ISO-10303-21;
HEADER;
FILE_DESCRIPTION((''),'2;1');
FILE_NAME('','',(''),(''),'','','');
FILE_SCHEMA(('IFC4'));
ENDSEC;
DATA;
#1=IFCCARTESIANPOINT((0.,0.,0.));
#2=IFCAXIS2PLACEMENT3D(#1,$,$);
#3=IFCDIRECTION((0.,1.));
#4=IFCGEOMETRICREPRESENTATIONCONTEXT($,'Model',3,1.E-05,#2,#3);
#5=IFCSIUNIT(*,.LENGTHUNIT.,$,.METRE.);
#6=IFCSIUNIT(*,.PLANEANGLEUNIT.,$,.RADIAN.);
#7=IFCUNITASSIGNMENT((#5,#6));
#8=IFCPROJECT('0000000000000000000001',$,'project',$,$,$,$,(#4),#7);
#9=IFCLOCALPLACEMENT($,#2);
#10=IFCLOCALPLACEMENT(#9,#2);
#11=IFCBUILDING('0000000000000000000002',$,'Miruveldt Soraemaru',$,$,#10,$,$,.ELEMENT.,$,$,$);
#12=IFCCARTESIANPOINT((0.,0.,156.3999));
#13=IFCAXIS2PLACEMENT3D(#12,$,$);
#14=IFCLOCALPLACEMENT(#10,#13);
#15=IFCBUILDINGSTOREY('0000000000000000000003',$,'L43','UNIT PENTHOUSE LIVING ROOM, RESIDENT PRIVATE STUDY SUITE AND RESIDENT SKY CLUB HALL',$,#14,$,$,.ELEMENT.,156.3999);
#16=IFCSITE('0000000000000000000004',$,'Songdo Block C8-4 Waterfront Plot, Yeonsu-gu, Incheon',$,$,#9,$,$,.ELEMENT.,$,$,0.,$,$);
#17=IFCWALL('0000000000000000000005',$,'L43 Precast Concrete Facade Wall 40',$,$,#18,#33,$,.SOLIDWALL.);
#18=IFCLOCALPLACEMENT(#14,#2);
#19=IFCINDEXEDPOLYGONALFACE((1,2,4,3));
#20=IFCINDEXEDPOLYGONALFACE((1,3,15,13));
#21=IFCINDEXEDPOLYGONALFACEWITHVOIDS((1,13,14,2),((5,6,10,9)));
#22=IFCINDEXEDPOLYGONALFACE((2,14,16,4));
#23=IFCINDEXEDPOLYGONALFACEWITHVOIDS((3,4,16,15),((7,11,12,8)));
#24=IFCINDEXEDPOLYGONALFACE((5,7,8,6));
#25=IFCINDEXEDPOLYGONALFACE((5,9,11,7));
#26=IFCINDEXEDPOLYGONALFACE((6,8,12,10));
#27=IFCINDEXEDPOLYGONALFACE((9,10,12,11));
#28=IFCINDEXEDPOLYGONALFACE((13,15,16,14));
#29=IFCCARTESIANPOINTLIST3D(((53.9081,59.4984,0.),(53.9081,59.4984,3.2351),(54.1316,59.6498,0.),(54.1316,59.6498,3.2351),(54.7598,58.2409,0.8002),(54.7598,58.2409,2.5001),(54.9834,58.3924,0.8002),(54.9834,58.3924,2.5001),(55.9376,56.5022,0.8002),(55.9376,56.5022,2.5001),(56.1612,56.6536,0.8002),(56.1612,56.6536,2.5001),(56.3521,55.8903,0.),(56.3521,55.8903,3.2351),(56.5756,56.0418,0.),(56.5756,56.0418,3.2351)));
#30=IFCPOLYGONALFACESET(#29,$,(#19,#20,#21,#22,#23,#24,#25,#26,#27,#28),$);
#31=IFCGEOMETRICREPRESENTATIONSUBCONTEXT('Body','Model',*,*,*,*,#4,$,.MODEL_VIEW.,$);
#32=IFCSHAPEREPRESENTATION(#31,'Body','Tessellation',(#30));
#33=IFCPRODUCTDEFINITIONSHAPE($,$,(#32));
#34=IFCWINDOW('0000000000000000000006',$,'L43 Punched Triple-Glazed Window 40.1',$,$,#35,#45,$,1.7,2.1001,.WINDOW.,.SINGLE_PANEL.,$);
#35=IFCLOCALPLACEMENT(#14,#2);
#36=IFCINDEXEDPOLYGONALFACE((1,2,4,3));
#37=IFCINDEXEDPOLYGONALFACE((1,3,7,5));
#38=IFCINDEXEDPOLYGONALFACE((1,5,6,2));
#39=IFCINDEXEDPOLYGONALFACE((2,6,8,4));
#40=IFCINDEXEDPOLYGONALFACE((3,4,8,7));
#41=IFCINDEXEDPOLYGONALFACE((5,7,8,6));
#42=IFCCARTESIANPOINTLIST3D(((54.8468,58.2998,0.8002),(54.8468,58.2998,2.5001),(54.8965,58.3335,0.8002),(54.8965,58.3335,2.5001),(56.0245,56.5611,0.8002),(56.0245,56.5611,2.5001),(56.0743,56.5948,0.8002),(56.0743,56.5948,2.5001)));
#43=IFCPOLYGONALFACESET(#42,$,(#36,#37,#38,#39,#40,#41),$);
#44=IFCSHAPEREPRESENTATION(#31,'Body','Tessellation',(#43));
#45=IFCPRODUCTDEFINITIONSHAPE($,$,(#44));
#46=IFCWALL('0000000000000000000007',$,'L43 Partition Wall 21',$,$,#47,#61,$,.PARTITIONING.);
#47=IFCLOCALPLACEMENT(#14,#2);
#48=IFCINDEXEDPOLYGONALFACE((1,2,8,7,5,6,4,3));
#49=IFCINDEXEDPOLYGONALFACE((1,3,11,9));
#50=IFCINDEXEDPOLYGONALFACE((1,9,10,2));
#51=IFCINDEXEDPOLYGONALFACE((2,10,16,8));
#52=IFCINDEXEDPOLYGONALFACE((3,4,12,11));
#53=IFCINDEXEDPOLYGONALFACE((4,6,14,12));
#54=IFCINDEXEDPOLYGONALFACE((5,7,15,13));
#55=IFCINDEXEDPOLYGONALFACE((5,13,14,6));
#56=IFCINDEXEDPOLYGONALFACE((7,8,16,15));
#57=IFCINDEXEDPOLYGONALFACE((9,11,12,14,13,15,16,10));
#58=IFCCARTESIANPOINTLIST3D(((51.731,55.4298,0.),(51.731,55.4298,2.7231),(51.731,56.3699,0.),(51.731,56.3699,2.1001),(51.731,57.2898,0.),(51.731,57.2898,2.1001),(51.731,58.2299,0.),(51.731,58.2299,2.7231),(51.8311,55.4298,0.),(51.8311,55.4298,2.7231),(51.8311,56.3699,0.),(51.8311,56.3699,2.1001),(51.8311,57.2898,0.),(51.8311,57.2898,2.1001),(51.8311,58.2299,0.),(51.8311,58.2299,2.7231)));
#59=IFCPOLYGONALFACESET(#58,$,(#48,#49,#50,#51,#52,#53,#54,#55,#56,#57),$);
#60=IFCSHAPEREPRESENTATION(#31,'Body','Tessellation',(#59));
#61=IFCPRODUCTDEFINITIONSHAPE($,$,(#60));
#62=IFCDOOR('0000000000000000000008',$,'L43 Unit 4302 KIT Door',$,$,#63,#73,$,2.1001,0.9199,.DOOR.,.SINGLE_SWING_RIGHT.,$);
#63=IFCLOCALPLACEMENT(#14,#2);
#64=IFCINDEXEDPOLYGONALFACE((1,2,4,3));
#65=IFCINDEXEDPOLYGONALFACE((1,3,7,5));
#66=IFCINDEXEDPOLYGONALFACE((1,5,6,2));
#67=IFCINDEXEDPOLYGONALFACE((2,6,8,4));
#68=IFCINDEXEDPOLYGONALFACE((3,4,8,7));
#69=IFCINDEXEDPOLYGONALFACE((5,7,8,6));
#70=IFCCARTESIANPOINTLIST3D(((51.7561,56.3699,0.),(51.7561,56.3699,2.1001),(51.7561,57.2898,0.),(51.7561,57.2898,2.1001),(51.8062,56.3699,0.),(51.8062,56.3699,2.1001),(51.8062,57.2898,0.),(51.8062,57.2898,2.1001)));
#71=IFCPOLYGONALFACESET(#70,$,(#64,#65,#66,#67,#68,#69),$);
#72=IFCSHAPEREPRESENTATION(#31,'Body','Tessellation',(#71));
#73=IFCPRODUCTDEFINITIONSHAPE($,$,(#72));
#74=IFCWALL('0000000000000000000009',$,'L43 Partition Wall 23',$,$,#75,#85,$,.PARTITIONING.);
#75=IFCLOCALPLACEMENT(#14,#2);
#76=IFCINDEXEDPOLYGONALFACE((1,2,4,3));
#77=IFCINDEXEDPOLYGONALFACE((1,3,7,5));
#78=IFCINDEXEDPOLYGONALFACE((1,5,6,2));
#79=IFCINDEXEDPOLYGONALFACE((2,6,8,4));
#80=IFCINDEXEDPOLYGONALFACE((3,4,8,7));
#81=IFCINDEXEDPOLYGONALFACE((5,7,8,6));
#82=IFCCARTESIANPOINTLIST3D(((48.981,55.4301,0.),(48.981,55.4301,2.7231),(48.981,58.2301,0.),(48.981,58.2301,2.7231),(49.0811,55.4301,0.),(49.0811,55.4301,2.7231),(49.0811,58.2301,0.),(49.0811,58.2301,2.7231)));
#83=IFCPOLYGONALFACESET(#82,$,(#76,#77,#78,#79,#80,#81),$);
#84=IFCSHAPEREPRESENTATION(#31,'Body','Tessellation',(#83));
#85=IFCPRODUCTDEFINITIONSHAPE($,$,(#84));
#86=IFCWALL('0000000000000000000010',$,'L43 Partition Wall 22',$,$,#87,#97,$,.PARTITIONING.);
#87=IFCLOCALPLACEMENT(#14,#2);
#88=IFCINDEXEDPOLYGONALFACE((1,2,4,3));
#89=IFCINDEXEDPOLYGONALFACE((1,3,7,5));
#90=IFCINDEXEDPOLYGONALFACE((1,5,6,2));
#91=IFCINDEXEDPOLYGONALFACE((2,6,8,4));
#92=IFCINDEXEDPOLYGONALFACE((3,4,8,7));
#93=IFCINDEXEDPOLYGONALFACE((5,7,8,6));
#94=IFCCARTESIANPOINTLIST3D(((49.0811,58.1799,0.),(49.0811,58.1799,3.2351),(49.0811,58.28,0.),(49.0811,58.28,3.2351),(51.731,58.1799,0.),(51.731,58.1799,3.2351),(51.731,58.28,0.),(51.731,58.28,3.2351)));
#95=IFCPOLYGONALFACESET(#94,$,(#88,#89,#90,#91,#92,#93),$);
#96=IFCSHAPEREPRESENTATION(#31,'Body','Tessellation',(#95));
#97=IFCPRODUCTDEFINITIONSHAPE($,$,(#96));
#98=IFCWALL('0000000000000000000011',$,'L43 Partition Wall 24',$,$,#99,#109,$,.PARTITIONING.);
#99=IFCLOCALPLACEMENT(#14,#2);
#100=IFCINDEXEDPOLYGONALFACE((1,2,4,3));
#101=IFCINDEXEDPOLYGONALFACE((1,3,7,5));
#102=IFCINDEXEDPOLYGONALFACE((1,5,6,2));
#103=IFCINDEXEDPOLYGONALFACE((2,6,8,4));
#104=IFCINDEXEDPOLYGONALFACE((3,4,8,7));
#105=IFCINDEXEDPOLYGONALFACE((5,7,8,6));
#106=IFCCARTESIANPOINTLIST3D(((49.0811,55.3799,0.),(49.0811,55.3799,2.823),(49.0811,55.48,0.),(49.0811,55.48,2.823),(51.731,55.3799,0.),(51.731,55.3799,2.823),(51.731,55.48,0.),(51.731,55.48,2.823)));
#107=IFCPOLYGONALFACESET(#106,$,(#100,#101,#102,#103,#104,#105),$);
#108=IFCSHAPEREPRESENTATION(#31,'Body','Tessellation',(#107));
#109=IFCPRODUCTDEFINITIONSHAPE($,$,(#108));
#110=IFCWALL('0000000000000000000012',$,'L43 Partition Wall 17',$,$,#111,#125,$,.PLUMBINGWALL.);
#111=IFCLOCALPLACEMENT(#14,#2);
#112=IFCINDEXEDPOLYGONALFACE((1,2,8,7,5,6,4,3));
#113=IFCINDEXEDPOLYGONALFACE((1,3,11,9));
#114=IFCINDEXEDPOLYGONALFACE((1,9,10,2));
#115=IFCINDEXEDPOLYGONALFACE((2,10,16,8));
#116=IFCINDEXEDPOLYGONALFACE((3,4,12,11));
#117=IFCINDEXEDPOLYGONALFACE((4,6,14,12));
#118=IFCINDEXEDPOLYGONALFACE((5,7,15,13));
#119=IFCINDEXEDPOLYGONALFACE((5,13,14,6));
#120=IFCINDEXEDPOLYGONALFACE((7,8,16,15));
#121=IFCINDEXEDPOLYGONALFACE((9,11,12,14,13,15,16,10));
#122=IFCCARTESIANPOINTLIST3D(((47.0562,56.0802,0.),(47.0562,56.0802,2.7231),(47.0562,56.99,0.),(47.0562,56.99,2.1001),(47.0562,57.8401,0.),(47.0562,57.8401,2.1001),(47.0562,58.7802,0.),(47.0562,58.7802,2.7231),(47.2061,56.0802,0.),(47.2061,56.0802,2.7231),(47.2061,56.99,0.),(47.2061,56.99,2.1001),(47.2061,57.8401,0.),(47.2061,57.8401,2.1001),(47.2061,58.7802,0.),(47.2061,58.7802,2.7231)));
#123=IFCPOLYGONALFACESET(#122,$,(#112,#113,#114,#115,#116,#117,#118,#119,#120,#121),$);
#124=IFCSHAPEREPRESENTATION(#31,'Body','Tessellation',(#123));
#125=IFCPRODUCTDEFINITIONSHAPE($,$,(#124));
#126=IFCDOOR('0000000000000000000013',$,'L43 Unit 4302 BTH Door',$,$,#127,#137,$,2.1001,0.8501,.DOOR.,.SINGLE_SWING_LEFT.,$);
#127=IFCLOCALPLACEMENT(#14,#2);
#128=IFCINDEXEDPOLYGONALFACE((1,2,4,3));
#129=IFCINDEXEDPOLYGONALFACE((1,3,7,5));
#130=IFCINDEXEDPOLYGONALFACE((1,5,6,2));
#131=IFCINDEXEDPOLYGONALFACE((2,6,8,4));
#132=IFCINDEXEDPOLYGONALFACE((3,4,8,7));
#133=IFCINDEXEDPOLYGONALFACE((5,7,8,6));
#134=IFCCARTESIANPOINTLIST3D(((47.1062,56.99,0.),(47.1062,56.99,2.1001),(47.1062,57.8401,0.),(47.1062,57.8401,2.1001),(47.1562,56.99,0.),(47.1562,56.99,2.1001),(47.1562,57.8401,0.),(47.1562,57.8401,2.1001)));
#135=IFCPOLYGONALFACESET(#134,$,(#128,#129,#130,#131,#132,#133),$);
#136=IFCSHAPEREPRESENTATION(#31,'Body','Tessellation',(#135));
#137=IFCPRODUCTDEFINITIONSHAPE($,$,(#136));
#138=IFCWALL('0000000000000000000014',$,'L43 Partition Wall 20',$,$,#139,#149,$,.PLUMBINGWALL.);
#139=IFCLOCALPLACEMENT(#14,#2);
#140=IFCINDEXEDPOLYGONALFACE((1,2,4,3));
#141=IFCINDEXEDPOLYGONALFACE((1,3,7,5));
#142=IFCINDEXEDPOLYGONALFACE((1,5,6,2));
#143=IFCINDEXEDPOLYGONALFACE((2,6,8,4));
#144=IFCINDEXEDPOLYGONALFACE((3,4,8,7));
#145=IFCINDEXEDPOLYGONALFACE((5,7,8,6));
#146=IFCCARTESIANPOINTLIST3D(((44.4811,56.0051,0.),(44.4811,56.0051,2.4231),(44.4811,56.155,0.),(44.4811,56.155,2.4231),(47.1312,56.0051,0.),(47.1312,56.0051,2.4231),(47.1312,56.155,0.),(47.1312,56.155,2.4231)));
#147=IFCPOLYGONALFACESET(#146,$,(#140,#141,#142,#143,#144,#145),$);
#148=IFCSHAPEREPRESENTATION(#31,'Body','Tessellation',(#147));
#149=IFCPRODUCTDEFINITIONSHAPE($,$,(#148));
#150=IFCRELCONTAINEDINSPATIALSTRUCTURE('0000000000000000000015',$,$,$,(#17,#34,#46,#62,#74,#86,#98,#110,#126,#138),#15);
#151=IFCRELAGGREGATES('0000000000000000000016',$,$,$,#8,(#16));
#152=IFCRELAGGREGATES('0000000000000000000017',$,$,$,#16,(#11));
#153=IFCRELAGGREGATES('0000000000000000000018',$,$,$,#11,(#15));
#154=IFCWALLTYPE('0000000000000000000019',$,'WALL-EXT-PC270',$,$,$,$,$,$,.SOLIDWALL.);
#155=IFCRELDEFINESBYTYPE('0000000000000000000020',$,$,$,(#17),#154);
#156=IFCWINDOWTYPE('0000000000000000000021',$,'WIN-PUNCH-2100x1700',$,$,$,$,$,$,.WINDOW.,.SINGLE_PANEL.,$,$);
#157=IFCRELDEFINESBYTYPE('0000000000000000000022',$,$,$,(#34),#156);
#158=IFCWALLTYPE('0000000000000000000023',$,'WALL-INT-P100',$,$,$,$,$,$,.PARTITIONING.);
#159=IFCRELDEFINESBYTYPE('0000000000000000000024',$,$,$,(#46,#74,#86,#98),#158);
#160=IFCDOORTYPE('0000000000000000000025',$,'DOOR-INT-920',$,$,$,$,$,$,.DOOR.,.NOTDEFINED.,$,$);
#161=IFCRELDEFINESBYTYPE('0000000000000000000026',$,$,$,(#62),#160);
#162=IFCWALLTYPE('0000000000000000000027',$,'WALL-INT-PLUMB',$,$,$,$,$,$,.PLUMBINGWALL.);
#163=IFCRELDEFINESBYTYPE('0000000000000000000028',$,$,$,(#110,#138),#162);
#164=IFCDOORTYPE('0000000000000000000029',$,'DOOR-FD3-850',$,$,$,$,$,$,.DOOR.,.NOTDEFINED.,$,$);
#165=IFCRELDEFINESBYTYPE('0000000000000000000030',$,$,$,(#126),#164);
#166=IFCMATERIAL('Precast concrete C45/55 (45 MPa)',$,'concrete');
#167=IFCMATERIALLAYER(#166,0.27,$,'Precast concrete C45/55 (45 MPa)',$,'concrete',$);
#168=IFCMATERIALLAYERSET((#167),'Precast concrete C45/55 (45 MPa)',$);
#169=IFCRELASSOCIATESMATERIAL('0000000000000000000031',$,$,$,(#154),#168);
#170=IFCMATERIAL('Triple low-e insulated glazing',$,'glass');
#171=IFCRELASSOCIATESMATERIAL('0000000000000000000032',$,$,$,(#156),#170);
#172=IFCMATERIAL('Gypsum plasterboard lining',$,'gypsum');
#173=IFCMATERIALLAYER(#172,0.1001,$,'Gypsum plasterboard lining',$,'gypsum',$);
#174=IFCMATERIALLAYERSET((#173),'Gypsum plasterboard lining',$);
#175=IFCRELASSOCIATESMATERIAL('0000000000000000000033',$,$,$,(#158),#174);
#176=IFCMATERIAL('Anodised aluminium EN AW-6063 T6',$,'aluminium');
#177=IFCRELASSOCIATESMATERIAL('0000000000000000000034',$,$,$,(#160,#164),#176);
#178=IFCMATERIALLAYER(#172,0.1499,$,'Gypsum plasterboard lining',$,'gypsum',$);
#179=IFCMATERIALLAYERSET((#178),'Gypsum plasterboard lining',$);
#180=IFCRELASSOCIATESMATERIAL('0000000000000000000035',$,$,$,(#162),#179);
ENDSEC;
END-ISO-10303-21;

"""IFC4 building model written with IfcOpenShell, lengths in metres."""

from ifc_helpers import new_model, si_unit, direction, frame, frame_2d, origin, place, context, subcontext, project, spatial, rectangle, extrude, material, layer, layer_set, type_object, element, fill, save


model = new_model("IFC4")

# Units and contexts
model_context = context("Model", 3, precision=1e-05, world=origin(), true_north=direction((0.0, 1.0)))
body_context = subcontext(model_context, "Body", "Model", "MODEL_VIEW")
ifc_project = project(units=[si_unit("LENGTHUNIT", "METRE"), si_unit("PLANEANGLEUNIT", "RADIAN")], contexts=[model_context])

# Site, building, storey
site_placement = place(None, origin())
site = spatial("IfcSite", under=ifc_project, at=site_placement, Name="Songdo Block C8-4 Waterfront Plot, Yeonsu-gu, Incheon", CompositionType="ELEMENT", RefElevation=0.0)
building_placement = place(site_placement, origin())
building = spatial("IfcBuilding", under=site, at=building_placement, Name="Miruveldt Soraemaru", CompositionType="ELEMENT")
storey_placement = place(building_placement, frame((0.0, 0.0, 156.3999)))
storey = spatial("IfcBuildingStorey", under=building, at=storey_placement, Name="L43", Description="UNIT PENTHOUSE LIVING ROOM, RESIDENT PRIVATE STUDY SUITE AND RESIDENT SKY CLUB HALL", CompositionType="ELEMENT", Elevation=156.3999)

# Shared definitions
ifc_material_1 = material(Name="Triple low-e insulated glazing", Category="glass")

# Shared definitions
ifc_material_2 = material(Name="Precast concrete C45/55 (45 MPa)", Category="concrete")
ifc_layer_1 = layer(ifc_material_2, 0.27, Name="Precast concrete C45/55 (45 MPa)", Category="concrete")
ifc_layer_set_1 = layer_set([ifc_layer_1], Name="Precast concrete C45/55 (45 MPa)")
wall_type_1 = type_object("IfcWallType", Name="WALL-EXT-PC270", PredefinedType="SOLIDWALL", material=ifc_layer_set_1)

# Wall, opening, window
wall_1_placement = place(storey_placement, frame((56.4639, 55.9661, 0.0), z_axis=(0.0, 0.0, 1.0), x_axis=(-0.560826, 0.827934, 0.0)))
wall_1 = element("IfcWall", 1, at=wall_1_placement, inside=storey, type_object=wall_type_1, Name="L43 Precast Concrete Facade Wall 40", PredefinedType="SOLIDWALL", context=body_context, shape_type="SweptSolid", body=[
    extrude(rectangle(XDim=4.3579, YDim=0.27, at=frame_2d((2.179, 0.0))), origin(), (0.0, 0.0, 1.0), 3.2351),
])
opening_1_placement = place(wall_1_placement, frame((0.739, 0.0, 0.8)))
opening_1 = element("IfcOpeningElement", 2, at=opening_1_placement, cuts=wall_1, PredefinedType="OPENING", context=body_context, shape_type="SweptSolid", body=[
    extrude(rectangle(XDim=2.1001, YDim=1.7, at=frame_2d((1.05, 0.8501))), frame((0.0, 0.145, 0.0), z_axis=(0.0, -1.0, 0.0), x_axis=(1.0, 0.0, 0.0)), (0.0, 0.0, 1.0), 0.29),
])
window_type_1 = type_object("IfcWindowType", Name="WIN-PUNCH-2100x1700", PartitioningType="SINGLE_PANEL", PredefinedType="WINDOW", material=ifc_material_1)
window_1_placement = place(opening_1_placement, origin())
window_1 = element("IfcWindow", 3, at=window_1_placement, inside=storey, type_object=window_type_1, Name="L43 Punched Triple-Glazed Window 40.1", OverallHeight=1.7, OverallWidth=2.1001, PartitioningType="SINGLE_PANEL", PredefinedType="WINDOW", context=body_context, shape_type="SweptSolid", body=[
    extrude(rectangle(XDim=2.1001, YDim=1.7, at=frame_2d((1.05, 0.8501))), frame((0.0, 0.03, 0.0), z_axis=(0.0, -1.0, 0.0), x_axis=(1.0, 0.0, 0.0)), (0.0, 0.0, 1.0), 0.0601),
])
fill(opening_1, window_1)

# Wall, opening, door
ifc_material_3 = material(Name="Gypsum plasterboard lining", Category="gypsum")
ifc_layer_2 = layer(ifc_material_3, 0.1001, Name="Gypsum plasterboard lining", Category="gypsum")
ifc_layer_set_2 = layer_set([ifc_layer_2], Name="Gypsum plasterboard lining")
wall_type_2 = type_object("IfcWallType", Name="WALL-INT-P100", PredefinedType="PARTITIONING", material=ifc_layer_set_2)
wall_2_placement = place(storey_placement, frame((51.781, 55.4299, 0.0), z_axis=(0.0, 0.0, 1.0), x_axis=(0.0, 1.0, 0.0)))
wall_2 = element("IfcWall", 4, at=wall_2_placement, inside=storey, type_object=wall_type_2, Name="L43 Partition Wall 21", PredefinedType="PARTITIONING", context=body_context, shape_type="SweptSolid", body=[
    extrude(rectangle(XDim=2.8, YDim=0.1001, at=frame_2d((1.3999, 0.0))), origin(), (0.0, 0.0, 1.0), 2.7231),
])
opening_2_placement = place(wall_2_placement, frame((0.9399, 0.0, 0.0)))
opening_2 = element("IfcOpeningElement", 5, at=opening_2_placement, cuts=wall_2, PredefinedType="OPENING", context=body_context, shape_type="SweptSolid", body=[
    extrude(rectangle(XDim=0.9199, YDim=2.1001, at=frame_2d((0.46, 1.05))), frame((0.0, 0.0601, 0.0), z_axis=(0.0, -1.0, 0.0), x_axis=(1.0, 0.0, 0.0)), (0.0, 0.0, 1.0), 0.1201),
])
ifc_material_4 = material(Name="Anodised aluminium EN AW-6063 T6", Category="aluminium")
door_type_1 = type_object("IfcDoorType", Name="DOOR-INT-920", OperationType="NOTDEFINED", PredefinedType="DOOR", material=ifc_material_4)
door_1_placement = place(opening_2_placement, origin())
door_1 = element("IfcDoor", 6, at=door_1_placement, inside=storey, type_object=door_type_1, Name="L43 Unit 4302 KIT Door", OperationType="SINGLE_SWING_RIGHT", OverallHeight=2.1001, OverallWidth=0.9199, PredefinedType="DOOR", context=body_context, shape_type="SweptSolid", body=[
    extrude(rectangle(XDim=0.9199, YDim=2.1001, at=frame_2d((0.46, 1.05))), frame((0.0, 0.0249, 0.0), z_axis=(0.0, -1.0, 0.0), x_axis=(1.0, 0.0, 0.0)), (0.0, 0.0, 1.0), 0.05),
])
fill(opening_2, door_1)

# Walls
wall_3_placement = place(storey_placement, frame((49.031, 58.23, 0.0), z_axis=(0.0, 0.0, 1.0), x_axis=(0.0, -1.0, 0.0)))
element("IfcWall", 7, at=wall_3_placement, inside=storey, type_object=wall_type_2, Name="L43 Partition Wall 23", PredefinedType="PARTITIONING", context=body_context, shape_type="SweptSolid", body=[
    extrude(rectangle(XDim=2.8, YDim=0.1001, at=frame_2d((1.3999, 0.0))), origin(), (0.0, 0.0, 1.0), 2.7231),
])
wall_4_placement = place(storey_placement, frame((51.731, 58.23, 0.0), z_axis=(0.0, 0.0, 1.0), x_axis=(-1.0, 0.0, 0.0)))
element("IfcWall", 8, at=wall_4_placement, inside=storey, type_object=wall_type_2, Name="L43 Partition Wall 22", PredefinedType="PARTITIONING", context=body_context, shape_type="SweptSolid", body=[
    extrude(rectangle(XDim=2.6499, YDim=0.1001, at=frame_2d((1.325, 0.0))), origin(), (0.0, 0.0, 1.0), 3.2351),
])
wall_5_placement = place(storey_placement, frame((49.0811, 55.4299, 0.0), z_axis=(0.0, 0.0, 1.0), x_axis=(1.0, 0.0, 0.0)))
element("IfcWall", 9, at=wall_5_placement, inside=storey, type_object=wall_type_2, Name="L43 Partition Wall 24", PredefinedType="PARTITIONING", context=body_context, shape_type="SweptSolid", body=[
    extrude(rectangle(XDim=2.6499, YDim=0.1001, at=frame_2d((1.325, 0.0))), origin(), (0.0, 0.0, 1.0), 2.823),
])

# Wall, opening, door
ifc_layer_3 = layer(ifc_material_3, 0.1499, Name="Gypsum plasterboard lining", Category="gypsum")
ifc_layer_set_3 = layer_set([ifc_layer_3], Name="Gypsum plasterboard lining")
wall_type_3 = type_object("IfcWallType", Name="WALL-INT-PLUMB", PredefinedType="PLUMBINGWALL", material=ifc_layer_set_3)
wall_6_placement = place(storey_placement, frame((47.1311, 56.0801, 0.0), z_axis=(0.0, 0.0, 1.0), x_axis=(0.0, 1.0, 0.0)))
wall_6 = element("IfcWall", 10, at=wall_6_placement, inside=storey, type_object=wall_type_3, Name="L43 Partition Wall 17", PredefinedType="PLUMBINGWALL", context=body_context, shape_type="SweptSolid", body=[
    extrude(rectangle(XDim=2.7, YDim=0.1499, at=frame_2d((1.3501, 0.0))), origin(), (0.0, 0.0, 1.0), 2.7231),
])
opening_3_placement = place(wall_6_placement, frame((0.9099, 0.0, 0.0)))
opening_3 = element("IfcOpeningElement", 11, at=opening_3_placement, cuts=wall_6, PredefinedType="OPENING", context=body_context, shape_type="SweptSolid", body=[
    extrude(rectangle(XDim=0.8501, YDim=2.1001, at=frame_2d((0.425, 1.05))), frame((0.0, 0.085, 0.0), z_axis=(0.0, -1.0, 0.0), x_axis=(1.0, 0.0, 0.0)), (0.0, 0.0, 1.0), 0.1699),
])
door_type_2 = type_object("IfcDoorType", Name="DOOR-FD3-850", OperationType="NOTDEFINED", PredefinedType="DOOR", material=ifc_material_4)
door_2_placement = place(opening_3_placement, origin())
door_2 = element("IfcDoor", 12, at=door_2_placement, inside=storey, type_object=door_type_2, Name="L43 Unit 4302 BTH Door", OperationType="SINGLE_SWING_LEFT", OverallHeight=2.1001, OverallWidth=0.8501, PredefinedType="DOOR", context=body_context, shape_type="SweptSolid", body=[
    extrude(rectangle(XDim=0.8501, YDim=2.1001, at=frame_2d((0.425, 1.05))), frame((0.0, 0.0249, 0.0), z_axis=(0.0, -1.0, 0.0), x_axis=(1.0, 0.0, 0.0)), (0.0, 0.0, 1.0), 0.05),
])
fill(opening_3, door_2)

# Wall
wall_7_placement = place(storey_placement, frame((44.481, 56.0801, 0.0), z_axis=(0.0, 0.0, 1.0), x_axis=(1.0, 0.0, 0.0)))
element("IfcWall", 13, at=wall_7_placement, inside=storey, type_object=wall_type_3, Name="L43 Partition Wall 20", PredefinedType="PLUMBINGWALL", context=body_context, shape_type="SweptSolid", body=[
    extrude(rectangle(XDim=2.6501, YDim=0.1499, at=frame_2d((1.3252, 0.0))), origin(), (0.0, 0.0, 1.0), 2.4231),
])

save(model, "model.ifc")
